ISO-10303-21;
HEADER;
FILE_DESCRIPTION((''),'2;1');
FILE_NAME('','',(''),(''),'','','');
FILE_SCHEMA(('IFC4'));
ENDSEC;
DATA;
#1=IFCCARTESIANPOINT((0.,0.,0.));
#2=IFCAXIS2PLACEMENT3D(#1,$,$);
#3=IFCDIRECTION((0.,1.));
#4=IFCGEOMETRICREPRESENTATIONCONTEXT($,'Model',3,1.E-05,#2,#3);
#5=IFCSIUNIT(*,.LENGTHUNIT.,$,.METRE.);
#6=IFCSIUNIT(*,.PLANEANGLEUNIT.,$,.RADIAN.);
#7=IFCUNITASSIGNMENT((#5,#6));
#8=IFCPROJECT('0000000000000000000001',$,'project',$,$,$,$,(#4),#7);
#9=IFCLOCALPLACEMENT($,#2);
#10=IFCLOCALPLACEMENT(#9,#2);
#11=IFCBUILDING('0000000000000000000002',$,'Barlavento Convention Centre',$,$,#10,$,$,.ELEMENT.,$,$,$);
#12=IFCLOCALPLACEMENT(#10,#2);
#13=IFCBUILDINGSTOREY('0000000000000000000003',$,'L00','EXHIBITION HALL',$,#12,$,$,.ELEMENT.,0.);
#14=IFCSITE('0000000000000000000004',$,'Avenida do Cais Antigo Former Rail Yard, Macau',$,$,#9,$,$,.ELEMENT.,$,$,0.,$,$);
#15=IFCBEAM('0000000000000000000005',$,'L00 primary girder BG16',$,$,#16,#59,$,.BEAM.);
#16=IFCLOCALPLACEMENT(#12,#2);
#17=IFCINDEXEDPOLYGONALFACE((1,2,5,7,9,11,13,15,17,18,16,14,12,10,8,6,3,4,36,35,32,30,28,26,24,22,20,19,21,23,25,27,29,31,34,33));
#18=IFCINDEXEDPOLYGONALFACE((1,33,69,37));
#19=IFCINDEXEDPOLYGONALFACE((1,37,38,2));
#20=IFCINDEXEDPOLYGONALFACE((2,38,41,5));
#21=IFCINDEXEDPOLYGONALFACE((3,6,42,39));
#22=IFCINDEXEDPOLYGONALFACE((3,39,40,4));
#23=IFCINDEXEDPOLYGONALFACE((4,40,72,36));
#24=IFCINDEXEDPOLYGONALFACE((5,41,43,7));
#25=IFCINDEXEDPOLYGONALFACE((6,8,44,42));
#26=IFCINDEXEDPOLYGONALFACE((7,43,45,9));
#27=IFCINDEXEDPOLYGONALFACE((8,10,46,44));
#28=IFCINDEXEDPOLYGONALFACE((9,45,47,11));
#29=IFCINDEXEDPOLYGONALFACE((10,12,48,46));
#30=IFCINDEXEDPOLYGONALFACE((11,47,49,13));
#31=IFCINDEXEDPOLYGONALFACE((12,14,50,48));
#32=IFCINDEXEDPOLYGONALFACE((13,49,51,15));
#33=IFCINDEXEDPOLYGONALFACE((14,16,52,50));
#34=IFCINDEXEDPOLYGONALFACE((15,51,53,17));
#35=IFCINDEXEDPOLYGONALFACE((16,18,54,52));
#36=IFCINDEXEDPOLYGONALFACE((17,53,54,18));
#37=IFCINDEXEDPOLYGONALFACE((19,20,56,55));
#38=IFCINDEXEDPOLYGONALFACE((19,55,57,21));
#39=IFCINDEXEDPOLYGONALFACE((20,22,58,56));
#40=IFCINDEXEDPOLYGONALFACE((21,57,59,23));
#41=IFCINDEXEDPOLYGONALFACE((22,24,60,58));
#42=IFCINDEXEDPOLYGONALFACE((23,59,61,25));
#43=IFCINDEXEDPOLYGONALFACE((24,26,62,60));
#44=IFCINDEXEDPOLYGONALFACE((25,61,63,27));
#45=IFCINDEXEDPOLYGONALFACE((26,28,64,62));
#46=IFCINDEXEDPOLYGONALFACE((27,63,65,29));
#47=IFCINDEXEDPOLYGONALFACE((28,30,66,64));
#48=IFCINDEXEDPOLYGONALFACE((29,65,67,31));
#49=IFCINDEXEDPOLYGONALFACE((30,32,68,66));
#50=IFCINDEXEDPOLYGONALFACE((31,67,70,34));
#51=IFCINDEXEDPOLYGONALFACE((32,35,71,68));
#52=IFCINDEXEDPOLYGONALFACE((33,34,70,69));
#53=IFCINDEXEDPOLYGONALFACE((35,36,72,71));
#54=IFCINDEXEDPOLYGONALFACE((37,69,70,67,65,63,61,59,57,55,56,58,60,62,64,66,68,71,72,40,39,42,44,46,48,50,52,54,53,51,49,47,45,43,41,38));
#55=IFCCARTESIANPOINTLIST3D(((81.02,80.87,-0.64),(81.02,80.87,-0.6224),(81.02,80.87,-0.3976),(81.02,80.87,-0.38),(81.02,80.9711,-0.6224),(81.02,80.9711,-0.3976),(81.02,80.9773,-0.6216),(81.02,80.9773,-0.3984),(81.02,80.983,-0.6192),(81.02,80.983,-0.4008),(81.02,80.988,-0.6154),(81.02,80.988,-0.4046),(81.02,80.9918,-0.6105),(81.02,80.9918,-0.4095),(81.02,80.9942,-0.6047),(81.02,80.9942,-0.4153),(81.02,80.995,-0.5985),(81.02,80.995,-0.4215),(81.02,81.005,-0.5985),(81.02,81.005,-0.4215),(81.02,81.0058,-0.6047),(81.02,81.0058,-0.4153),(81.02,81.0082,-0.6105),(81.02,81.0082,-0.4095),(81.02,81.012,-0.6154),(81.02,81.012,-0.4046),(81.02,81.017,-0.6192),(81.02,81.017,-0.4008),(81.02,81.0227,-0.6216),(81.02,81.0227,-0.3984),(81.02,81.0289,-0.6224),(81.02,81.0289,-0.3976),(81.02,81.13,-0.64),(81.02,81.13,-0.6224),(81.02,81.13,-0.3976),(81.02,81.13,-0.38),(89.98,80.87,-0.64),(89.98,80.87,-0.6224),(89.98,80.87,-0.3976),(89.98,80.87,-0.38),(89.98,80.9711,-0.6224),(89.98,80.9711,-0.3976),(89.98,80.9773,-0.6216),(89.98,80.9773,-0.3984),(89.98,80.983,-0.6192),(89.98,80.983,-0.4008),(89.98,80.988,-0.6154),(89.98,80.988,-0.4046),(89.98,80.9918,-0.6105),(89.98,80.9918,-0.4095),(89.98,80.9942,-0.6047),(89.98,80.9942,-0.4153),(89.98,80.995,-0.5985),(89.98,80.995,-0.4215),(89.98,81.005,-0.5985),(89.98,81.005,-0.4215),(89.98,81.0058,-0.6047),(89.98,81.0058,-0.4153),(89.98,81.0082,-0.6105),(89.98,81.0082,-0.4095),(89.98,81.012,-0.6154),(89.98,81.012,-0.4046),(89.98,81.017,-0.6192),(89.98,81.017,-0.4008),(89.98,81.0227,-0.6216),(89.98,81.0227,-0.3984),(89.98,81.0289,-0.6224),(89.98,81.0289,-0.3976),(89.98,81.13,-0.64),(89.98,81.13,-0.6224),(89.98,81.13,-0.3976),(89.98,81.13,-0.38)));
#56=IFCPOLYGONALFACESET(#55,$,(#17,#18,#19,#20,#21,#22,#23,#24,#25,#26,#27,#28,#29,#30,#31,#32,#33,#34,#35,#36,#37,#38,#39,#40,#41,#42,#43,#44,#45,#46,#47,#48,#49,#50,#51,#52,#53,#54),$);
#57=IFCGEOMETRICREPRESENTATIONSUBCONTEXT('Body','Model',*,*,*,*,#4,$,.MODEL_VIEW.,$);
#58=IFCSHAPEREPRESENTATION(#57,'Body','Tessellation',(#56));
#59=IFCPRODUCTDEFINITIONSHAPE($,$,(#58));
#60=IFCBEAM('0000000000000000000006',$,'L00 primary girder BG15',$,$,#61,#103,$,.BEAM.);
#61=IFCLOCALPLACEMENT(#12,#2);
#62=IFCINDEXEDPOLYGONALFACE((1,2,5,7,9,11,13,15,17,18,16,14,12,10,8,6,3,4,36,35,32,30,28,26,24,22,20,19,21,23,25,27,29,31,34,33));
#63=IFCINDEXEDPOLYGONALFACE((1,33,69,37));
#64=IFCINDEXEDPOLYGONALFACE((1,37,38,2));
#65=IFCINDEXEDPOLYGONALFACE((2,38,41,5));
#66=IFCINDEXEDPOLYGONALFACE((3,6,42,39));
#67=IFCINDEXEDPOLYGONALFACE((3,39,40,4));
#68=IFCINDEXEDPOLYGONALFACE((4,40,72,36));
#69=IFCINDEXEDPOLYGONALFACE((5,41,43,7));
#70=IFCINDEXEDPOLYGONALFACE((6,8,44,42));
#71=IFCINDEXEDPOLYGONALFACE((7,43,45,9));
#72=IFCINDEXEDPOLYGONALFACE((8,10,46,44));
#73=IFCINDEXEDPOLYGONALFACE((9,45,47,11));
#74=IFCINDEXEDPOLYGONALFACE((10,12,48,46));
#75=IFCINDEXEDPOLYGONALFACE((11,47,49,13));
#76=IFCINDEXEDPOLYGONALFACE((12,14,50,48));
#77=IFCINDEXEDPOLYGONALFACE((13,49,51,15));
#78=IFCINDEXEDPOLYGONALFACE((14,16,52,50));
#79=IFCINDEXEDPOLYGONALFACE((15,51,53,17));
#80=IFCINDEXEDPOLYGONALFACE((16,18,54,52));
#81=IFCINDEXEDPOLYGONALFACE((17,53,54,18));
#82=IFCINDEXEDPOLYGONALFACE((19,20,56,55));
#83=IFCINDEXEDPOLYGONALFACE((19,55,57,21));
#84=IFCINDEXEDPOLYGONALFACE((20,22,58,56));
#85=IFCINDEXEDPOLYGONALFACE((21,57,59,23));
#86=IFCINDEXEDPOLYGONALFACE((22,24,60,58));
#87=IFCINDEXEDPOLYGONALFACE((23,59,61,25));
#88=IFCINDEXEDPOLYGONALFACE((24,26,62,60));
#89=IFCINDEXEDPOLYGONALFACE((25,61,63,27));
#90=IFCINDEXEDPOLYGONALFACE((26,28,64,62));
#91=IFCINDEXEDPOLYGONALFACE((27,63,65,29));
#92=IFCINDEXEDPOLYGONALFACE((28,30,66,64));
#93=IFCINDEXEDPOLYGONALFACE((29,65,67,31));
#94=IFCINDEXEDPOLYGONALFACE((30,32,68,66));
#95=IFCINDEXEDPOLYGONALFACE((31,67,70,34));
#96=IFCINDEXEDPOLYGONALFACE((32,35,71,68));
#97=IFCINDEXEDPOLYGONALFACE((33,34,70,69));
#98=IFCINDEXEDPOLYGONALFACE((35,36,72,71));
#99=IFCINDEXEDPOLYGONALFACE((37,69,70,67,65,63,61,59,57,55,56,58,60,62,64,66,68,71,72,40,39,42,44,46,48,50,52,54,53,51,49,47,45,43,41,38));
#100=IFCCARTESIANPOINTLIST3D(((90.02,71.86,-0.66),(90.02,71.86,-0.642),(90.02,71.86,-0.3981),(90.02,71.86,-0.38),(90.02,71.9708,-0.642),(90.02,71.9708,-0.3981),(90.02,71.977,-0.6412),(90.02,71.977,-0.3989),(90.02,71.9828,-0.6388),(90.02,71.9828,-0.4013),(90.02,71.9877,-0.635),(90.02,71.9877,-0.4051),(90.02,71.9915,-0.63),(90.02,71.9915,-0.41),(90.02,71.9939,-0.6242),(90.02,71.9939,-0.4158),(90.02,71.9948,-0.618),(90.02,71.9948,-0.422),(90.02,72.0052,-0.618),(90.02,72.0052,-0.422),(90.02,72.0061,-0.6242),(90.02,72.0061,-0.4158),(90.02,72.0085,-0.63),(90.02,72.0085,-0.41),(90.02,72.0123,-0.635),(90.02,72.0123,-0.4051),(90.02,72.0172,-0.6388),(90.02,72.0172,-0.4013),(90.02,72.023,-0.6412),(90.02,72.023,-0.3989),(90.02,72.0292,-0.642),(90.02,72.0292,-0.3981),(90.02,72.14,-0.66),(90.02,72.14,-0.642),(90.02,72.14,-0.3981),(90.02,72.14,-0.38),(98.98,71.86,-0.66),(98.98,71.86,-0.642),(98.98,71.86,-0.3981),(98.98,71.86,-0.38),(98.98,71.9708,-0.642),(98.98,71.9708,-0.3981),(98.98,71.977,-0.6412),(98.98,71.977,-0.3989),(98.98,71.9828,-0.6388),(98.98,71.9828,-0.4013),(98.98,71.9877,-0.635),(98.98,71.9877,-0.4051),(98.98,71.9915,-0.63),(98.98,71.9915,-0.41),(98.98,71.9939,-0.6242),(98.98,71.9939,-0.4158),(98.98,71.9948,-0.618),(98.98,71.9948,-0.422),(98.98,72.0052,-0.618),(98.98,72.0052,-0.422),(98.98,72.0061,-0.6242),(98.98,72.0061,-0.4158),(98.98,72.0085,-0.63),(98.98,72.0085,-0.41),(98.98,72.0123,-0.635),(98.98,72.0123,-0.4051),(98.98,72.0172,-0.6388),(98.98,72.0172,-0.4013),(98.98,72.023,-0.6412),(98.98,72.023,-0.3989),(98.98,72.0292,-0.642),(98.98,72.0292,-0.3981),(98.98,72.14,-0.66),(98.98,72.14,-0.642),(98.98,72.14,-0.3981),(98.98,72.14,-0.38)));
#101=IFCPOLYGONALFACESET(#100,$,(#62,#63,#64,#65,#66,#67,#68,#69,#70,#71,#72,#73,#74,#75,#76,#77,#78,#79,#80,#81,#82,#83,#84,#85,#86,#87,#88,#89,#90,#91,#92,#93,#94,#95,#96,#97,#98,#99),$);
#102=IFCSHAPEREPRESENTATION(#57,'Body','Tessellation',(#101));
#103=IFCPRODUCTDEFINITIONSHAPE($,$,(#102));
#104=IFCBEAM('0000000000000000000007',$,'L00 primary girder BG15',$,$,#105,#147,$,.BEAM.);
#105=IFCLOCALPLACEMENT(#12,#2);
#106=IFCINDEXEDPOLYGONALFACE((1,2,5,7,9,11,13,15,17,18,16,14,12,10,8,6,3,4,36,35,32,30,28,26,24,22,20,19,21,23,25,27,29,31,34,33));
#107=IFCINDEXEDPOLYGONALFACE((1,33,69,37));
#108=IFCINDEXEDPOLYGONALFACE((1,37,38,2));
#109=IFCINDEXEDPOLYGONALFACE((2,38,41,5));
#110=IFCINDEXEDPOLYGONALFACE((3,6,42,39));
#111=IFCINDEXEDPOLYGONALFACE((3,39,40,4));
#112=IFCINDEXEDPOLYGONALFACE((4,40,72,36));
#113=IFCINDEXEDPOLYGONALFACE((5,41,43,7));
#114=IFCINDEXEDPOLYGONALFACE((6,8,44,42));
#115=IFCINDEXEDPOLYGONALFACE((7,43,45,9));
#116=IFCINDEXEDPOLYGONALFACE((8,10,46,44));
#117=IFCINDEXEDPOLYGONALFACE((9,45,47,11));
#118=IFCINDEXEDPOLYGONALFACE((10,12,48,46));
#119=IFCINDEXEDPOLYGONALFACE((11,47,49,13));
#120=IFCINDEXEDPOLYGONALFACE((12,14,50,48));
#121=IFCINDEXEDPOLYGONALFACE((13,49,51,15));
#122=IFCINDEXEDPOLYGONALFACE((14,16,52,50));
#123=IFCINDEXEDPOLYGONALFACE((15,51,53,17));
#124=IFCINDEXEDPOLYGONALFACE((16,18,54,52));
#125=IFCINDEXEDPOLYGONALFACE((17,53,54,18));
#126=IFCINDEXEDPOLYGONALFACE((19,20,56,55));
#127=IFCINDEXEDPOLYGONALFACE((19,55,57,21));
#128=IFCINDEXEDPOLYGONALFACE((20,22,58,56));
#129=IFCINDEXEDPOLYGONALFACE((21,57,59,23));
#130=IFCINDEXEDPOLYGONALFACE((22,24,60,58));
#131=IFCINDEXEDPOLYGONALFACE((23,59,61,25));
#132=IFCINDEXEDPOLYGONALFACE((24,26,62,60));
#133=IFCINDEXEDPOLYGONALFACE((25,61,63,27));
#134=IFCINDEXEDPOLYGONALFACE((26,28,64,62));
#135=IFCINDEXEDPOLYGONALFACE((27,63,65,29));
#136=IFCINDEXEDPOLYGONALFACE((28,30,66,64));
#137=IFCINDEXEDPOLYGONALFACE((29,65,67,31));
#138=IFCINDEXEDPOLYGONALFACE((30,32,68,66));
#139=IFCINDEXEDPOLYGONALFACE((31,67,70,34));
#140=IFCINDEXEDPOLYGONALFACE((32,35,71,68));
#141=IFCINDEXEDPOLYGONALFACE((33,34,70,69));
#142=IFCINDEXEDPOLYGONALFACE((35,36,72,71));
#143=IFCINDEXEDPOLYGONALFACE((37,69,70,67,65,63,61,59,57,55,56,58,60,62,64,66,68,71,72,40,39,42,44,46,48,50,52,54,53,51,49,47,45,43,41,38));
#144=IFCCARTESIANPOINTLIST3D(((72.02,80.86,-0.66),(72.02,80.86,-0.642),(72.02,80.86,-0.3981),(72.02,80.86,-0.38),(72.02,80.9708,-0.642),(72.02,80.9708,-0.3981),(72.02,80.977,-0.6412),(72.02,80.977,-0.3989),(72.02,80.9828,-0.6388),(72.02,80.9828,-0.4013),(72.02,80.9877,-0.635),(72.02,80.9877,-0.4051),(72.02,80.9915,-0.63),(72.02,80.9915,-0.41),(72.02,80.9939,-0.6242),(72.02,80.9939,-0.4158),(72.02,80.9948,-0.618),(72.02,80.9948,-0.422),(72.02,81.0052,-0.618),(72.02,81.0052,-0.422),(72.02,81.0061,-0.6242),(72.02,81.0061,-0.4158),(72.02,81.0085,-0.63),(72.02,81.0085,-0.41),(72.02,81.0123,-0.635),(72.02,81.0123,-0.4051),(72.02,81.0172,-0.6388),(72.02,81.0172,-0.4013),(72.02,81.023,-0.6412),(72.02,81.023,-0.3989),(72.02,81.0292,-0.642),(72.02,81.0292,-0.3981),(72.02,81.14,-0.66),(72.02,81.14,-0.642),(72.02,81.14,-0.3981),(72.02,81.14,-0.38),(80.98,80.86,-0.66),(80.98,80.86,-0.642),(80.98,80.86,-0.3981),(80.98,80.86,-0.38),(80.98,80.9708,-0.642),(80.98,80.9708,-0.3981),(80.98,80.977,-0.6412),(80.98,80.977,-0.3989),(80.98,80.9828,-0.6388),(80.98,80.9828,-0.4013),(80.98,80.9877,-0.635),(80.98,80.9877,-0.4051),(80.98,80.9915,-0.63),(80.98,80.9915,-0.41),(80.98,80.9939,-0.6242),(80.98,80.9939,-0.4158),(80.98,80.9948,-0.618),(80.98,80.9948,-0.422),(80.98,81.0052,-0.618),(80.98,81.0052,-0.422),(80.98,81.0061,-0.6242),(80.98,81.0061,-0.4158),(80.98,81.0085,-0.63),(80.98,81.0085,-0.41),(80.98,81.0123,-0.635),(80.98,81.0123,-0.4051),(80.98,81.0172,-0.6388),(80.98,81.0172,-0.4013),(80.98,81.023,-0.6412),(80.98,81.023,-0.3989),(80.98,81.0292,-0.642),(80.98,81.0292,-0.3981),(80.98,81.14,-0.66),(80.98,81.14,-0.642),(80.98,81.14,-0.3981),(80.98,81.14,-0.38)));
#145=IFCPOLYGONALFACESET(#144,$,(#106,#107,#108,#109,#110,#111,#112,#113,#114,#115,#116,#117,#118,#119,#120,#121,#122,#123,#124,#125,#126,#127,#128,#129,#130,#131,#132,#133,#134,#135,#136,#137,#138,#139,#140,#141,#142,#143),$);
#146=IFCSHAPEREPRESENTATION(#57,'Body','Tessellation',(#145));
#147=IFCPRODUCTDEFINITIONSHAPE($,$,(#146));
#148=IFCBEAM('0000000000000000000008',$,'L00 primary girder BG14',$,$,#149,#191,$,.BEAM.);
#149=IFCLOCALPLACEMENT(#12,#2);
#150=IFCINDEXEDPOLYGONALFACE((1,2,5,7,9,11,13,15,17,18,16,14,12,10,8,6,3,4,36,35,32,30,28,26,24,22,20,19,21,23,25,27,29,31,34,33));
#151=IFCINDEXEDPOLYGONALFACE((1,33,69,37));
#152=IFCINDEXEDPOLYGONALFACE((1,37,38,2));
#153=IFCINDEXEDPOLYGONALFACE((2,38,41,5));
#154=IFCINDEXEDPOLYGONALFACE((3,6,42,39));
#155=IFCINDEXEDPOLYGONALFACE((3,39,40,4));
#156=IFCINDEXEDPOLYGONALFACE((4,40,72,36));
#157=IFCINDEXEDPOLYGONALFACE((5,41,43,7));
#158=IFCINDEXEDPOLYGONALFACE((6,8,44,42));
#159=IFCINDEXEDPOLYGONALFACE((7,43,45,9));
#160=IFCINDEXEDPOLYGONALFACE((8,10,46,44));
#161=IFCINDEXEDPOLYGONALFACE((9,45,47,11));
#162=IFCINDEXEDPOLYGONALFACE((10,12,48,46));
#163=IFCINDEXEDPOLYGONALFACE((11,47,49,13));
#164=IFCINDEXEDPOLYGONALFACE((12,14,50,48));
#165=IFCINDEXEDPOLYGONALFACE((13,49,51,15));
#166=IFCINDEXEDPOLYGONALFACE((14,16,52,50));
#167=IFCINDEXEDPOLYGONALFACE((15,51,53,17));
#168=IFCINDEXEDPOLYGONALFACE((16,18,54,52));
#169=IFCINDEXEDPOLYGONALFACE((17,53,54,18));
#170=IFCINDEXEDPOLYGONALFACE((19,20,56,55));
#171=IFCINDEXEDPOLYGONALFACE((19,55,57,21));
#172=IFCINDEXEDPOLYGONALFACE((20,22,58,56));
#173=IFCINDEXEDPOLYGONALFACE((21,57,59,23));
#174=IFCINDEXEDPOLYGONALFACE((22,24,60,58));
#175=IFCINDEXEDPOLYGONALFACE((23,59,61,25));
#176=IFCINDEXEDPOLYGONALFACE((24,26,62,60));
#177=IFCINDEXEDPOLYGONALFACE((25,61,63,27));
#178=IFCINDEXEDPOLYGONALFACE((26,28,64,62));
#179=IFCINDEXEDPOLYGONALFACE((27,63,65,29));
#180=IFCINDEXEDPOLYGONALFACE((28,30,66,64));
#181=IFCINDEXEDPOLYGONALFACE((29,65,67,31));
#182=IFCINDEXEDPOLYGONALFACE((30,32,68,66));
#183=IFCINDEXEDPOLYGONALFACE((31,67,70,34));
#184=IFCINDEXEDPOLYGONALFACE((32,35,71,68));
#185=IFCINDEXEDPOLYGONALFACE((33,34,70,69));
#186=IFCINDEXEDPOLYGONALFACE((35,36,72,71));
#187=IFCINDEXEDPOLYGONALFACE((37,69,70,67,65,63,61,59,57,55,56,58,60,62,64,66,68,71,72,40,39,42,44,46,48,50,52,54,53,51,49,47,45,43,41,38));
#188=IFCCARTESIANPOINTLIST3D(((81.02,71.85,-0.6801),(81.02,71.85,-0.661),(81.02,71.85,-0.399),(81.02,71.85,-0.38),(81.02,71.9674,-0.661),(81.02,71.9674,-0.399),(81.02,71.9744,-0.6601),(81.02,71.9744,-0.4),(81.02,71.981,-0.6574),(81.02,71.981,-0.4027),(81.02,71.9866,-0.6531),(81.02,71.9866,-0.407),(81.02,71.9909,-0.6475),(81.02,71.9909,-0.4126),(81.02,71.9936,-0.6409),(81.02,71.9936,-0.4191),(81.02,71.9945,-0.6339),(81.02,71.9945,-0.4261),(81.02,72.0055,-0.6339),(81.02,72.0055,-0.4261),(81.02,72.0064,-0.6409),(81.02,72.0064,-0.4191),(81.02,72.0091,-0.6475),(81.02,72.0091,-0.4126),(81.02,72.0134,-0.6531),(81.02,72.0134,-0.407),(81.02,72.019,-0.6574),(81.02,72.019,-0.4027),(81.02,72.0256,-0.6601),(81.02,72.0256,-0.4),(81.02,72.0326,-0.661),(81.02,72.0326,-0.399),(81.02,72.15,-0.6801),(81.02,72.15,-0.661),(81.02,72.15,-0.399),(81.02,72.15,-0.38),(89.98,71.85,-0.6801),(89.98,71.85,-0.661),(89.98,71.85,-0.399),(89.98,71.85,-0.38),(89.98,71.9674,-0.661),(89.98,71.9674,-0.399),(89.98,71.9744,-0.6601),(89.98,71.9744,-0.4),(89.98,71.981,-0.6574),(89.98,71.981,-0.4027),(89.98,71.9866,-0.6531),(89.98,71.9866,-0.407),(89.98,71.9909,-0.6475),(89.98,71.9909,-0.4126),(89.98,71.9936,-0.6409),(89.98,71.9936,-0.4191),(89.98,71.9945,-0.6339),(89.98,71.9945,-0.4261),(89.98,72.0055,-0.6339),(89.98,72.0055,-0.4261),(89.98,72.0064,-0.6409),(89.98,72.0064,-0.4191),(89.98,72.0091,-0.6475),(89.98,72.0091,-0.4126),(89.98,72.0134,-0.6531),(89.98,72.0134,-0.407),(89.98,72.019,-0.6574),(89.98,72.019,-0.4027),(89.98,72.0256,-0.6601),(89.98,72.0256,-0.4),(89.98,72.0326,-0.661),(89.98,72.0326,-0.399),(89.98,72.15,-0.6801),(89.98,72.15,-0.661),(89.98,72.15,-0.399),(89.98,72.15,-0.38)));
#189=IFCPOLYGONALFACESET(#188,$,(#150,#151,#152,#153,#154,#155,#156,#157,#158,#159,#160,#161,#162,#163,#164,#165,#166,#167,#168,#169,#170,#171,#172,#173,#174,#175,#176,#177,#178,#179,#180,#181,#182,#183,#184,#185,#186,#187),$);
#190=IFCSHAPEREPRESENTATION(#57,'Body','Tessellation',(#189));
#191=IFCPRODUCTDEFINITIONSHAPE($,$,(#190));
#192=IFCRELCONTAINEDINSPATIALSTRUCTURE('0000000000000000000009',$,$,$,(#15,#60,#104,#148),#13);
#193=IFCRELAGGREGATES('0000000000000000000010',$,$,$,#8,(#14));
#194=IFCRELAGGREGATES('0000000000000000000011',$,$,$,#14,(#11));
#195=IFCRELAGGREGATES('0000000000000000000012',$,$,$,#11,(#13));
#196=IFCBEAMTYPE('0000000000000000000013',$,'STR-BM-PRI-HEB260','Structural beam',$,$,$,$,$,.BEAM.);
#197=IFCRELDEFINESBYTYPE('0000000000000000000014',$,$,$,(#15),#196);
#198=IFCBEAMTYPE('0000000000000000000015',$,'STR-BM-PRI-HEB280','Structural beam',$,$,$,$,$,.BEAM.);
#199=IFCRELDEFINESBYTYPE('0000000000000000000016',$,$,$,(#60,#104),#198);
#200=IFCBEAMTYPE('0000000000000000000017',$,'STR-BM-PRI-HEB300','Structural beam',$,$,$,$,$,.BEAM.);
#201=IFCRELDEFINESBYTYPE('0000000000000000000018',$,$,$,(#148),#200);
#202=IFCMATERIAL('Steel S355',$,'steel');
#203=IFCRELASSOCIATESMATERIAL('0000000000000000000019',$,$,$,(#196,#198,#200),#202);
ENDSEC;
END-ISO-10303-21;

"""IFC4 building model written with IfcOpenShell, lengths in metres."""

from ifc_helpers import new_model, si_unit, direction, frame, origin, origin_2d, place, context, subcontext, project, spatial, i_section, extrude, material, material_profile, profile_set, type_object, element, save


model = new_model("IFC4")

# Units and contexts
model_context = context("Model", 3, precision=1e-05, world=origin(), true_north=direction((0.0, 1.0)))
body_context = subcontext(model_context, "Body", "Model", "MODEL_VIEW")
ifc_project = project(units=[si_unit("LENGTHUNIT", "METRE"), si_unit("PLANEANGLEUNIT", "RADIAN")], contexts=[model_context])

# Site, building, storey
site_placement = place(None, origin())
site = spatial("IfcSite", under=ifc_project, at=site_placement, Name="Avenida do Cais Antigo Former Rail Yard, Macau", CompositionType="ELEMENT", RefElevation=0.0)
building_placement = place(site_placement, origin())
building = spatial("IfcBuilding", under=site, at=building_placement, Name="Barlavento Convention Centre", CompositionType="ELEMENT")
storey_placement = place(building_placement, origin())
storey = spatial("IfcBuildingStorey", under=building, at=storey_placement, Name="L00", Description="EXHIBITION HALL", CompositionType="ELEMENT", Elevation=0.0)

# Beams
ifc_material_1 = material(Name="Steel S355", Category="steel")
ifc_material_profile_1 = material_profile(ifc_material_1, i_section(OverallWidth=0.26, OverallDepth=0.26, WebThickness=0.01, FlangeThickness=0.0176, FilletRadius=0.0239, at=origin_2d()), Name="HEB 260")
ifc_profile_set_1 = profile_set([ifc_material_profile_1], Name="Steel S355")
beam_type_1 = type_object("IfcBeamType", Name="STR-BM-PRI-HEB260", Description="Structural beam", PredefinedType="BEAM", material=ifc_profile_set_1)
beam_1_placement = place(storey_placement, frame((81.02, 81.0, -0.51), z_axis=(1.0, 0.0, 0.0), x_axis=(0.0, 1.0, 0.0)))
element("IfcBeam", 1, at=beam_1_placement, inside=storey, type_object=beam_type_1, Name="L00 primary girder BG16", PredefinedType="BEAM", context=body_context, shape_type="SweptSolid", body=[
    extrude(i_section(OverallWidth=0.26, OverallDepth=0.26, WebThickness=0.01, FlangeThickness=0.0176, FilletRadius=0.0239, at=origin_2d()), origin(), (0.0, 0.0, 1.0), 8.96),
])
ifc_material_profile_2 = material_profile(ifc_material_1, i_section(OverallWidth=0.28, OverallDepth=0.28, WebThickness=0.0105, FlangeThickness=0.0181, FilletRadius=0.0239, at=origin_2d()), Name="HEB 280")
ifc_profile_set_2 = profile_set([ifc_material_profile_2], Name="Steel S355")
beam_type_2 = type_object("IfcBeamType", Name="STR-BM-PRI-HEB280", Description="Structural beam", PredefinedType="BEAM", material=ifc_profile_set_2)
for number, where, z_axis, x_axis, name in (
    (2, (90.02, 72.0, -0.52), (1.0, 0.0, 0.0), (0.0, 1.0, 0.0), "L00 primary girder BG15"),
    (3, (72.02, 81.0, -0.52), (1.0, 0.0, 0.0), (0.0, 1.0, 0.0), "L00 primary girder BG15"),
):
    element("IfcBeam", number, at=place(storey_placement, frame(where, z_axis=z_axis, x_axis=x_axis)), inside=storey, type_object=beam_type_2, Name=name, PredefinedType="BEAM", context=body_context, shape_type="SweptSolid", body=[
        extrude(i_section(OverallWidth=0.28, OverallDepth=0.28, WebThickness=0.0105, FlangeThickness=0.0181, FilletRadius=0.0239, at=origin_2d()), origin(), (0.0, 0.0, 1.0), 8.96),
    ])
ifc_material_profile_3 = material_profile(ifc_material_1, i_section(OverallWidth=0.3, OverallDepth=0.3, WebThickness=0.011, FlangeThickness=0.019, FilletRadius=0.0271, at=origin_2d()), Name="HEB 300")
ifc_profile_set_3 = profile_set([ifc_material_profile_3], Name="Steel S355")
beam_type_3 = type_object("IfcBeamType", Name="STR-BM-PRI-HEB300", Description="Structural beam", PredefinedType="BEAM", material=ifc_profile_set_3)
beam_2_placement = place(storey_placement, frame((81.02, 72.0, -0.53), z_axis=(1.0, 0.0, 0.0), x_axis=(0.0, 1.0, 0.0)))
element("IfcBeam", 4, at=beam_2_placement, inside=storey, type_object=beam_type_3, Name="L00 primary girder BG14", PredefinedType="BEAM", context=body_context, shape_type="SweptSolid", body=[
    extrude(i_section(OverallWidth=0.3, OverallDepth=0.3, WebThickness=0.011, FlangeThickness=0.019, FilletRadius=0.0271, at=origin_2d()), origin(), (0.0, 0.0, 1.0), 8.96),
])

save(model, "model.ifc")
